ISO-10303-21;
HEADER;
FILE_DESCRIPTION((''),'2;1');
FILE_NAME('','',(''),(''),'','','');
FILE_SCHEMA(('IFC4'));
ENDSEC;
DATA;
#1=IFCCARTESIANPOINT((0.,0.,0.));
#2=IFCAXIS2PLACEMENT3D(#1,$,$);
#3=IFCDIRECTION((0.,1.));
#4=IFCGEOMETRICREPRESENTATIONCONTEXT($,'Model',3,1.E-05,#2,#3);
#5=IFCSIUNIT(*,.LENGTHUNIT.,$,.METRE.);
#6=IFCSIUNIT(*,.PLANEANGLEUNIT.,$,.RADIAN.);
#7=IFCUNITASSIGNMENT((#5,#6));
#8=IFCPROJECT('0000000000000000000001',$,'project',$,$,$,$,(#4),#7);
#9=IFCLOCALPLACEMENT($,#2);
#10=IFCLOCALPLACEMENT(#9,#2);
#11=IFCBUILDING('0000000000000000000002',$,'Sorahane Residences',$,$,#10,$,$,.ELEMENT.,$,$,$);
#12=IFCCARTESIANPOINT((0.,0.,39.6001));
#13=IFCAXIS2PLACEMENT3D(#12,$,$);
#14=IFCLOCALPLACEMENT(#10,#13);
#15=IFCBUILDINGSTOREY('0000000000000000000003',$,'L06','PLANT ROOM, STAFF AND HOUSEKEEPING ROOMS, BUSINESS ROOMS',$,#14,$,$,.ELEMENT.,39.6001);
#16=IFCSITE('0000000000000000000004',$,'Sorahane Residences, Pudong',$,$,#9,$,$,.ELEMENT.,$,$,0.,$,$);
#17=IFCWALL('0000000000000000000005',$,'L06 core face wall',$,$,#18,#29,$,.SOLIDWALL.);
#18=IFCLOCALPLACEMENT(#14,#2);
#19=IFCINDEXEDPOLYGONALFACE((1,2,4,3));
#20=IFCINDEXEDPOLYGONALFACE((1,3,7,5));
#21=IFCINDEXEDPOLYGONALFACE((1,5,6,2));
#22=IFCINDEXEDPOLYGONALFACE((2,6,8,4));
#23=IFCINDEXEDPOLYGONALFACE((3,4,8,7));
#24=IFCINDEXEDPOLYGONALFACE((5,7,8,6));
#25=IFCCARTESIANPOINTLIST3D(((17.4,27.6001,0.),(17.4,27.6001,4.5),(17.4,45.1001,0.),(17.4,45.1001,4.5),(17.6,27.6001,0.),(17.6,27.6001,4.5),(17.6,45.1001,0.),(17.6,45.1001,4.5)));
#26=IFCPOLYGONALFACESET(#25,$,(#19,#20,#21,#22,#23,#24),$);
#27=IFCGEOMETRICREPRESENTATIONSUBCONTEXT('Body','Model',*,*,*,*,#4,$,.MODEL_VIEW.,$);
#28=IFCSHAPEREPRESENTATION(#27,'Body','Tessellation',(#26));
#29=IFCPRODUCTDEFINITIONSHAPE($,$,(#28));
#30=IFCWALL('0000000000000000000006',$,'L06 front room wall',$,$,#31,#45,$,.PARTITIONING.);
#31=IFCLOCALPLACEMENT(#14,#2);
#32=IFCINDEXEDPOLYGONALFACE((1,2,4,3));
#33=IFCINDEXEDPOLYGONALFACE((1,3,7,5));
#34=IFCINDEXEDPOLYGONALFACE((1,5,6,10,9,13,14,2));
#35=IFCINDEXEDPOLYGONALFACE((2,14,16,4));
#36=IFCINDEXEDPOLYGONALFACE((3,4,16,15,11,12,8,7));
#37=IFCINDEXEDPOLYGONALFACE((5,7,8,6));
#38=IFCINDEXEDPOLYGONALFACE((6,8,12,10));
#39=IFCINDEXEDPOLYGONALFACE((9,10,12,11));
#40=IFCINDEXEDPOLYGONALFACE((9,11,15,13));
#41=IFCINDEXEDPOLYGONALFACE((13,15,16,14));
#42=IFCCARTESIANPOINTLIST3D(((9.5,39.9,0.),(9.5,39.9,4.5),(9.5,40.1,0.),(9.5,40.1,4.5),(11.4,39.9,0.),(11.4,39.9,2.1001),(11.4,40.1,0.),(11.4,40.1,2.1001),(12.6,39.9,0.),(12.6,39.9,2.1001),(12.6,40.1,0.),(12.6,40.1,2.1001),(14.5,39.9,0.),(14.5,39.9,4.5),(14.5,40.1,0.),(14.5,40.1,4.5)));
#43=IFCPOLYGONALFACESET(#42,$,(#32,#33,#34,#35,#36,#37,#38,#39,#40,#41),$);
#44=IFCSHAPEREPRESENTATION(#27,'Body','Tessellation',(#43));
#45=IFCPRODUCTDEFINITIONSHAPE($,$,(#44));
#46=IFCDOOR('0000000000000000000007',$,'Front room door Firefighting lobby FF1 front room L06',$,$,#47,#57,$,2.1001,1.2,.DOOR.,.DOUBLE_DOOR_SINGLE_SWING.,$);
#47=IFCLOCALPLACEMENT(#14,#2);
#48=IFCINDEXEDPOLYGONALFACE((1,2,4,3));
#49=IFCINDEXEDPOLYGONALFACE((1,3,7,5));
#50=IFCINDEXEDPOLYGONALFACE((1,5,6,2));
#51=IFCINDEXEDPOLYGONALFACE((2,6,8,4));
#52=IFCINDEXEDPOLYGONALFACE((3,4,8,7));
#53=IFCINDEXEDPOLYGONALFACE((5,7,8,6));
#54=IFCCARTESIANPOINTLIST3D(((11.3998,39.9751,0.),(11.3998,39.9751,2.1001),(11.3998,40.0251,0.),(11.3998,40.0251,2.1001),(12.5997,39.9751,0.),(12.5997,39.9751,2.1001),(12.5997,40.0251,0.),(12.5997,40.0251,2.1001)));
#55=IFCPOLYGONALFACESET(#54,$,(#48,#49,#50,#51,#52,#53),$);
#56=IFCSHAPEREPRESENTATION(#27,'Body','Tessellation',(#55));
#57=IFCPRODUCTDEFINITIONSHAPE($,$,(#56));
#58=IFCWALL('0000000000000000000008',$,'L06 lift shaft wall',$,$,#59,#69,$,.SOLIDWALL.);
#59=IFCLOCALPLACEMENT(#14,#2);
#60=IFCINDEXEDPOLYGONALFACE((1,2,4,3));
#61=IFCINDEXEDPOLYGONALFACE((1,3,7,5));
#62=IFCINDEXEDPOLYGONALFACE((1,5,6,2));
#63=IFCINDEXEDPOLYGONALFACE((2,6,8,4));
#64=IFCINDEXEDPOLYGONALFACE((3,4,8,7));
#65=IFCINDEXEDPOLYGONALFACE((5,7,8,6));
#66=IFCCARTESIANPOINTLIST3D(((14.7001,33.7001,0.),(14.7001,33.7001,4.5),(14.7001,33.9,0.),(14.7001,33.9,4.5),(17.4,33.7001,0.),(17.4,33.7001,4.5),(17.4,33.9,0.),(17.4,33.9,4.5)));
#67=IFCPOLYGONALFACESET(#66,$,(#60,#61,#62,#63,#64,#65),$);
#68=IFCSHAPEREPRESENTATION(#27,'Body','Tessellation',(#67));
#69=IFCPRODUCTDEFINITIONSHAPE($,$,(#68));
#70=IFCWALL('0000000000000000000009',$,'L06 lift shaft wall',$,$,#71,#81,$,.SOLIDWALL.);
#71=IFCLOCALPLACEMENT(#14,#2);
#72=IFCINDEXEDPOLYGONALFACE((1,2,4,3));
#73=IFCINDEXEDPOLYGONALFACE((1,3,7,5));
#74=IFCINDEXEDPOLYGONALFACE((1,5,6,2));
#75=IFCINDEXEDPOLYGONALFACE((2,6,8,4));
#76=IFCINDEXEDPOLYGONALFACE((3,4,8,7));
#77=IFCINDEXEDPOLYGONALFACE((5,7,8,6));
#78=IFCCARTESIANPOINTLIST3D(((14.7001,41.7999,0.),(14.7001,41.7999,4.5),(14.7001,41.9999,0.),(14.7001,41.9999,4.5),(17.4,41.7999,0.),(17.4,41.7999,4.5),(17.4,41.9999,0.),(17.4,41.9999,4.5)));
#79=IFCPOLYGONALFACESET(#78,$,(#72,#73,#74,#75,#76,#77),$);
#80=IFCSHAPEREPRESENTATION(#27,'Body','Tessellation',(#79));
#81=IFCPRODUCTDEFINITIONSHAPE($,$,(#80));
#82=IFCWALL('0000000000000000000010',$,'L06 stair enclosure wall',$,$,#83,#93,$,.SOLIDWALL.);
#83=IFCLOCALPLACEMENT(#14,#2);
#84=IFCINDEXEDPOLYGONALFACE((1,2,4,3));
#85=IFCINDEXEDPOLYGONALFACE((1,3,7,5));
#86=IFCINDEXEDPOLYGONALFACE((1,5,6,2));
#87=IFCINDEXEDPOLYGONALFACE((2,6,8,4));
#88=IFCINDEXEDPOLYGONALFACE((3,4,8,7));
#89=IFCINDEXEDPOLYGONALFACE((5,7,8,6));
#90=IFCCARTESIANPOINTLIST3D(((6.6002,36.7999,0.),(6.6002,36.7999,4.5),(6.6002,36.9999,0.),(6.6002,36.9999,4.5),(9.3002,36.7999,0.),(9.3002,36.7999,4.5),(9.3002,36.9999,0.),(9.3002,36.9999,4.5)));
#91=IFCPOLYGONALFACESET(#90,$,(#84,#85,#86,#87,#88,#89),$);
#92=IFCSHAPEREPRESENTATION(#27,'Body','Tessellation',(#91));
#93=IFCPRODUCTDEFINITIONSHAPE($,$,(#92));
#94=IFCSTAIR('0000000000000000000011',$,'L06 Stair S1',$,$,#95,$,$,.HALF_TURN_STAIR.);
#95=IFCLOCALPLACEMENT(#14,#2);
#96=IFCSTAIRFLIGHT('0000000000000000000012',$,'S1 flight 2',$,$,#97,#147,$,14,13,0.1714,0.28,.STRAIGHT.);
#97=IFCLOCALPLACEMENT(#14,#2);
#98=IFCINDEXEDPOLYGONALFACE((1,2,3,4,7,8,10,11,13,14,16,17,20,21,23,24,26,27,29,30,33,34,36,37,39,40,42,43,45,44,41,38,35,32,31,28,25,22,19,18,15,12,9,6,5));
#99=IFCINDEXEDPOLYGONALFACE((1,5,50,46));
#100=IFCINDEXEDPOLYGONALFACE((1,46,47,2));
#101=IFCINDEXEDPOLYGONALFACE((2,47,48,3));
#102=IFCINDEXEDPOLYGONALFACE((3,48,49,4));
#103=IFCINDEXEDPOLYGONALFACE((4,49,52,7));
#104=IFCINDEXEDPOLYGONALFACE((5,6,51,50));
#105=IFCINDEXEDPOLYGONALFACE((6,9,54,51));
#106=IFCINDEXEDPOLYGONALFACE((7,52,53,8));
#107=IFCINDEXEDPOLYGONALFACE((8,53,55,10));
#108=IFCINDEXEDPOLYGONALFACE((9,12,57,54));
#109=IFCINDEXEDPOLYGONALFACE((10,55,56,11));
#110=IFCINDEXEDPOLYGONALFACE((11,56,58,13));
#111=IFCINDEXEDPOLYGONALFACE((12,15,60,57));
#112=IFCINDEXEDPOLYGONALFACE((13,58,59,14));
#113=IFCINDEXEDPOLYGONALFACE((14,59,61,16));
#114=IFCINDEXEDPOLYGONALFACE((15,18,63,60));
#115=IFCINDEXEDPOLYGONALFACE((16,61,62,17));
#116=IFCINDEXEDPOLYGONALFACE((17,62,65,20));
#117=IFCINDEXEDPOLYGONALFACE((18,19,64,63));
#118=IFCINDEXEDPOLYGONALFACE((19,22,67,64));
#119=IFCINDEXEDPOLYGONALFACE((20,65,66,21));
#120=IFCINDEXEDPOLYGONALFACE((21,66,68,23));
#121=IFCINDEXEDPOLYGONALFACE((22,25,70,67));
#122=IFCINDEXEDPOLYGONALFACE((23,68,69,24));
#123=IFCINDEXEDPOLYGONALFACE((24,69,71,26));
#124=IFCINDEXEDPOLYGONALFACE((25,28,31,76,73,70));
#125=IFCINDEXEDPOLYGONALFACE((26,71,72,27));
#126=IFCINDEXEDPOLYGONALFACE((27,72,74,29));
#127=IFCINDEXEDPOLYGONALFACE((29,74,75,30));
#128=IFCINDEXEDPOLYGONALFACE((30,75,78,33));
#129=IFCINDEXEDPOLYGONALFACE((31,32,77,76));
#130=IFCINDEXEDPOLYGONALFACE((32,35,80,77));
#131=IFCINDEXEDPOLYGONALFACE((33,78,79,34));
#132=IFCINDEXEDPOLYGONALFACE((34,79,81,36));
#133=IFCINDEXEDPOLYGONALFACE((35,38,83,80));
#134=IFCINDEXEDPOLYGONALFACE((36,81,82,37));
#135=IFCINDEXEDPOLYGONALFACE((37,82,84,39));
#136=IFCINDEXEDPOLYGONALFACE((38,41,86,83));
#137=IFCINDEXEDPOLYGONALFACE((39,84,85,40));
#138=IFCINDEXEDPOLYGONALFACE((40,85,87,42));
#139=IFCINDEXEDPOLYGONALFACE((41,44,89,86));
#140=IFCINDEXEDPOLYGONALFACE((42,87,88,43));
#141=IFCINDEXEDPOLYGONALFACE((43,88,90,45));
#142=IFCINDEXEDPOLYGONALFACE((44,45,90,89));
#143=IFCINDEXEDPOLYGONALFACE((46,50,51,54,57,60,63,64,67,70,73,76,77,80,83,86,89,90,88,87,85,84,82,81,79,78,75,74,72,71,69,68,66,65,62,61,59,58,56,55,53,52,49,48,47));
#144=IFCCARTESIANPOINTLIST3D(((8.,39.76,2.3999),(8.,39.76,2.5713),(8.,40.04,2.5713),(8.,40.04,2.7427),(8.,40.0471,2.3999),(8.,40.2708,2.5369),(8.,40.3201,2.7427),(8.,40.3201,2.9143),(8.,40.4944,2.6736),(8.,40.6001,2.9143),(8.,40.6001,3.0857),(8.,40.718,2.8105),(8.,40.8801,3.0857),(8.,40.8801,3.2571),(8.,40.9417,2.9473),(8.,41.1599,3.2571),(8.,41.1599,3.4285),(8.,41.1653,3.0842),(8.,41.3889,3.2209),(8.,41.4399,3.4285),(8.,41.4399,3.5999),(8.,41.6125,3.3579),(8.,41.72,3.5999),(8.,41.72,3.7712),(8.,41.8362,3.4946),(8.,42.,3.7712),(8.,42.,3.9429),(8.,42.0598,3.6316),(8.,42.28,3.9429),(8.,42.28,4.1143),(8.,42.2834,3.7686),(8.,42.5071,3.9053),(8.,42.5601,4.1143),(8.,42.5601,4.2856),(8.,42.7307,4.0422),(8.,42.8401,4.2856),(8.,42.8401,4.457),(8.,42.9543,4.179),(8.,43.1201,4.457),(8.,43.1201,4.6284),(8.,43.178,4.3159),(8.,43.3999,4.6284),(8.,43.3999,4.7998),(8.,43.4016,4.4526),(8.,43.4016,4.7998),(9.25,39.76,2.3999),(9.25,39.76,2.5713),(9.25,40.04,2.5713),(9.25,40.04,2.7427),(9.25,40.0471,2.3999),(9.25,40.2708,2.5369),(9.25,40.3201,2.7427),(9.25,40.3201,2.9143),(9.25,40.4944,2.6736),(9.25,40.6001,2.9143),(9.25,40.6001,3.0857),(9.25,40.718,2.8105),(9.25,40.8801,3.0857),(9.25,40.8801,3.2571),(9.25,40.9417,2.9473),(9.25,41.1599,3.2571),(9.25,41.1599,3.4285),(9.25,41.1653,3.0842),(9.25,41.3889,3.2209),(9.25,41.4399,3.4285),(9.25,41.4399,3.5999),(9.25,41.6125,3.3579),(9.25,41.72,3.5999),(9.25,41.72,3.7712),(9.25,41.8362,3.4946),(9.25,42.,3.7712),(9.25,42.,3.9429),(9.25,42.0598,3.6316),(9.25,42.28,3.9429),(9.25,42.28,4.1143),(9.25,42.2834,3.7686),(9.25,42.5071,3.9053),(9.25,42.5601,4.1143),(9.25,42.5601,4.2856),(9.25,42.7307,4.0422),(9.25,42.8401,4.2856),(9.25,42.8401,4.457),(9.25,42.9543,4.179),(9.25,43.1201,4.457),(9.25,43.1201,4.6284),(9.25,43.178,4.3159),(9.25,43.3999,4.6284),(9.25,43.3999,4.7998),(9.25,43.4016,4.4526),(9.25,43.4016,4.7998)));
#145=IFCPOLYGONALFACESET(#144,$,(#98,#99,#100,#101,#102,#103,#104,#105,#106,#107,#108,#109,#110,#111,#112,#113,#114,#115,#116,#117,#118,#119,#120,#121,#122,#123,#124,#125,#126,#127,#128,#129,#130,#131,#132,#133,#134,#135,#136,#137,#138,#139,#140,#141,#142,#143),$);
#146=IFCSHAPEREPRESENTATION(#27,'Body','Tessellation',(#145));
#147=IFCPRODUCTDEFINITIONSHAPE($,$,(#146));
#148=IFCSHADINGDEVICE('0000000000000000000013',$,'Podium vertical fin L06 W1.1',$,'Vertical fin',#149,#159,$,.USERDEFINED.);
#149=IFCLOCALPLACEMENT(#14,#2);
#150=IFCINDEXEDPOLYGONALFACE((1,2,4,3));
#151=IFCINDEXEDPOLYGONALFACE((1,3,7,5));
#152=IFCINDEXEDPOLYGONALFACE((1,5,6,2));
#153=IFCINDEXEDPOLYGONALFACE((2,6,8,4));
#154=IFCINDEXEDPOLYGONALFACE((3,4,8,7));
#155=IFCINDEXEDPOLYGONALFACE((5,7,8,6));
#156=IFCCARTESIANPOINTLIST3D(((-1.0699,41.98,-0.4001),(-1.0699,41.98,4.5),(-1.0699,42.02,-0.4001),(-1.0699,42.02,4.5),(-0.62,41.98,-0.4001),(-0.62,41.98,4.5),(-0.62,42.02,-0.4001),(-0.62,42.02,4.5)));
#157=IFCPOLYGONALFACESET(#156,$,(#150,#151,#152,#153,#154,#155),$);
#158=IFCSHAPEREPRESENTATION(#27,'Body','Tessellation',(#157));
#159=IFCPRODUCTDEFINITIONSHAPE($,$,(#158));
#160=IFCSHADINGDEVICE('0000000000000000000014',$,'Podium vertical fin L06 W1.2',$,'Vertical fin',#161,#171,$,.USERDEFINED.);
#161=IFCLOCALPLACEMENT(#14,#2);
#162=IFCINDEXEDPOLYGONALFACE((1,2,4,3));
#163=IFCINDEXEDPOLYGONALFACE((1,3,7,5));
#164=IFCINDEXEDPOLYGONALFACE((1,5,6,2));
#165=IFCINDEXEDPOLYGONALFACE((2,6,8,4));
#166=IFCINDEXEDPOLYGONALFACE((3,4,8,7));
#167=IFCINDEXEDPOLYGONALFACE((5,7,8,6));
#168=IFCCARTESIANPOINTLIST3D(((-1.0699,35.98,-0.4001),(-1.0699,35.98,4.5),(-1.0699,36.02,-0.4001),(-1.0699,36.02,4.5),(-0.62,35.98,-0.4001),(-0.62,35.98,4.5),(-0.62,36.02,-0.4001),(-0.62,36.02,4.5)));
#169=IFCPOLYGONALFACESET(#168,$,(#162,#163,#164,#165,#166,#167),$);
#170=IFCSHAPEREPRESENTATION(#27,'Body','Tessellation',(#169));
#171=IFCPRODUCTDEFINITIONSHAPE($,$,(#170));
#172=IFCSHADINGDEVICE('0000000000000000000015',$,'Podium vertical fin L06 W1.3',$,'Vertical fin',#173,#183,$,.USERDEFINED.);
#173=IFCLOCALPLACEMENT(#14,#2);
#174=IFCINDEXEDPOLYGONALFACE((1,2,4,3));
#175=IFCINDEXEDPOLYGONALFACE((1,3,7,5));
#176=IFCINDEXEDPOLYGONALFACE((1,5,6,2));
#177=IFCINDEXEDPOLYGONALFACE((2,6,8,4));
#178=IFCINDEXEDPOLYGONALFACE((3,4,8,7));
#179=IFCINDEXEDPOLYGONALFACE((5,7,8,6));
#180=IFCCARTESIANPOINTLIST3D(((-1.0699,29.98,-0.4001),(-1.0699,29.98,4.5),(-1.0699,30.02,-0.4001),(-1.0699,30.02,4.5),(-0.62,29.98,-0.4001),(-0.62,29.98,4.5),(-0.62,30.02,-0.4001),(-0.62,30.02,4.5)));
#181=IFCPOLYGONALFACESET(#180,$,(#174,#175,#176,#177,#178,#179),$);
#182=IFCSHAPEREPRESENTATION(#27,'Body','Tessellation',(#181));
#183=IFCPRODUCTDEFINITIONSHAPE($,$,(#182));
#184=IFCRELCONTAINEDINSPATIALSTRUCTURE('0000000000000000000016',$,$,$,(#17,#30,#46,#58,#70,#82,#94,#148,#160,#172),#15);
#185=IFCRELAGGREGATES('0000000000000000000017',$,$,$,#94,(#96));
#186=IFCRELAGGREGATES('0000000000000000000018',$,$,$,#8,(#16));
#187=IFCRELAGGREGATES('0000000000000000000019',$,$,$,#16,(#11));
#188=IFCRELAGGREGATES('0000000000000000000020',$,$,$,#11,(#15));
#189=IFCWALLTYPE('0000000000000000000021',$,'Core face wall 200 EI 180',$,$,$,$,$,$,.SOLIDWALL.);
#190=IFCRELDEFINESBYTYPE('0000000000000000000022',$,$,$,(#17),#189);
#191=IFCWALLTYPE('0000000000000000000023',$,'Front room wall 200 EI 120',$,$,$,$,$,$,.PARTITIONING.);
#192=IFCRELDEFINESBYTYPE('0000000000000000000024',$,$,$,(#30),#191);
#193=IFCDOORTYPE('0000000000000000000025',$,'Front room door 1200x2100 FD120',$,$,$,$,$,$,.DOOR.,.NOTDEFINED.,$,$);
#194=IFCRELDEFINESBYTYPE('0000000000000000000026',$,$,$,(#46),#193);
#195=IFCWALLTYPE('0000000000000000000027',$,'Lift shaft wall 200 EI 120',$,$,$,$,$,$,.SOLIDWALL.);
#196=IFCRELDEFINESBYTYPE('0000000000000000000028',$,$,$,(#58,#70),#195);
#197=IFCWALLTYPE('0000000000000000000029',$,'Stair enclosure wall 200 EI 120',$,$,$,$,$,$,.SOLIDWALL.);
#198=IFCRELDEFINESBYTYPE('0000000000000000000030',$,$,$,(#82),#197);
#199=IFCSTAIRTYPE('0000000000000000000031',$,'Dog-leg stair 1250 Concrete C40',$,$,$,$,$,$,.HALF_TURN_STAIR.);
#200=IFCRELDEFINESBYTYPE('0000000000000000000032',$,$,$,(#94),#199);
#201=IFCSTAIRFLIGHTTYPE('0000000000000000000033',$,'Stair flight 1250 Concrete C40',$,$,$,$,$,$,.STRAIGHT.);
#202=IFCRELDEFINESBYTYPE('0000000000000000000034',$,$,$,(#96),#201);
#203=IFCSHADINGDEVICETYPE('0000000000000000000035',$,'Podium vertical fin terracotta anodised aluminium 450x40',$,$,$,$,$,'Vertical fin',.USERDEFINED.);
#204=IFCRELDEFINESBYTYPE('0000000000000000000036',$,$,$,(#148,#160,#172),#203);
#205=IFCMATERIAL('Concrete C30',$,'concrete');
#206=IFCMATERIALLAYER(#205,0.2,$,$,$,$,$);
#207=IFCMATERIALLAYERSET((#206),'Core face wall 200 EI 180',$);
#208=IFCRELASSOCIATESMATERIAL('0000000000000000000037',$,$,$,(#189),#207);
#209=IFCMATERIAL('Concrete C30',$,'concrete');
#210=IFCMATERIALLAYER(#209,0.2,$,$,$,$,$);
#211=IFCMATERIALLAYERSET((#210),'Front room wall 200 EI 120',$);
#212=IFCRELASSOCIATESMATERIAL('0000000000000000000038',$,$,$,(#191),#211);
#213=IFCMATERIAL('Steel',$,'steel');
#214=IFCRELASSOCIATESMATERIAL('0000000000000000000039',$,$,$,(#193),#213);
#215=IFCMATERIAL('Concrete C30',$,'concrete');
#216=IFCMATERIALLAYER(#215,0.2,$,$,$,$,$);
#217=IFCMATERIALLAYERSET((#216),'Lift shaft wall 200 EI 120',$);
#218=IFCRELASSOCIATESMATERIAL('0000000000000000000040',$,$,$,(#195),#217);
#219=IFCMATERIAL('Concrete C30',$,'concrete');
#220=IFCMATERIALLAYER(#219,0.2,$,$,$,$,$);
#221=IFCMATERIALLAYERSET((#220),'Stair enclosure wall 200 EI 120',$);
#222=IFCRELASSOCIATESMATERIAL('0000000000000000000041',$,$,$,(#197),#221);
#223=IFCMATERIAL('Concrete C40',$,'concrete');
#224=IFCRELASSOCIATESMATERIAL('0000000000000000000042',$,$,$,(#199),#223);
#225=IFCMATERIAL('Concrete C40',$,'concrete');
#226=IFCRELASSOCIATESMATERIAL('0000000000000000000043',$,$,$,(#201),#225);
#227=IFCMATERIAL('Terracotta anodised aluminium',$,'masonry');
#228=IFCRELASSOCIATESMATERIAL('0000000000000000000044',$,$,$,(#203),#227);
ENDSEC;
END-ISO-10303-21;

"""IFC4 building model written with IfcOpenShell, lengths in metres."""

from ifc_helpers import new_model, si_unit, direction, frame, frame_2d, origin, origin_2d, place, context, subcontext, project, spatial, polyline, rectangle, outline, extrude, material, layer, layer_set, material_profile, profile_set, type_object, element, fill, aggregate, save


model = new_model("IFC4")

# Units and contexts
model_context = context("Model", 3, precision=1e-05, world=origin(), true_north=direction((0.0, 1.0)))
body_context = subcontext(model_context, "Body", "Model", "MODEL_VIEW")
ifc_project = project(units=[si_unit("LENGTHUNIT", "METRE"), si_unit("PLANEANGLEUNIT", "RADIAN")], contexts=[model_context])

# Site, building, storey
site_placement = place(None, origin())
site = spatial("IfcSite", under=ifc_project, at=site_placement, Name="Sorahane Residences, Pudong", CompositionType="ELEMENT", RefElevation=0.0)
building_placement = place(site_placement, origin())
building = spatial("IfcBuilding", under=site, at=building_placement, Name="Sorahane Residences", CompositionType="ELEMENT")
storey_placement = place(building_placement, frame((0.0, 0.0, 39.6001)))
storey = spatial("IfcBuildingStorey", under=building, at=storey_placement, Name="L06", Description="PLANT ROOM, STAFF AND HOUSEKEEPING ROOMS, BUSINESS ROOMS", CompositionType="ELEMENT", Elevation=39.6001)

# Wall
ifc_material_1 = material(Name="Concrete C30", Category="concrete")
ifc_layer_1 = layer(ifc_material_1, 0.2)
ifc_layer_set_1 = layer_set([ifc_layer_1], Name="Core face wall 200 EI 180")
wall_type_1 = type_object("IfcWallType", Name="Core face wall 200 EI 180", PredefinedType="SOLIDWALL", material=ifc_layer_set_1)
wall_1_placement = place(storey_placement, frame((17.5, 27.6001, 0.0), z_axis=(0.0, 0.0, 1.0), x_axis=(0.0, 1.0, 0.0)))
element("IfcWall", 1, at=wall_1_placement, inside=storey, type_object=wall_type_1, Name="L06 core face wall", PredefinedType="SOLIDWALL", context=body_context, shape_type="SweptSolid", body=[
    extrude(rectangle(XDim=17.5, YDim=0.2, at=frame_2d((8.75, 0.0))), origin(), (0.0, 0.0, 1.0), 4.5),
])

# Wall, opening, door
ifc_material_2 = material(Name="Concrete C30", Category="concrete")
ifc_layer_2 = layer(ifc_material_2, 0.2)
ifc_layer_set_2 = layer_set([ifc_layer_2], Name="Front room wall 200 EI 120")
wall_type_2 = type_object("IfcWallType", Name="Front room wall 200 EI 120", PredefinedType="PARTITIONING", material=ifc_layer_set_2)
wall_2_placement = place(storey_placement, frame((9.5, 40.0, 0.0), z_axis=(0.0, 0.0, 1.0), x_axis=(1.0, 0.0, 0.0)))
wall_2 = element("IfcWall", 2, at=wall_2_placement, inside=storey, type_object=wall_type_2, Name="L06 front room wall", PredefinedType="PARTITIONING", context=body_context, shape_type="SweptSolid", body=[
    extrude(rectangle(XDim=5.0, YDim=0.2, at=frame_2d((2.5, 0.0))), origin(), (0.0, 0.0, 1.0), 4.5),
])
opening_placement = place(wall_2_placement, frame((1.8999, 0.0, 0.0)))
opening = element("IfcOpeningElement", 3, at=opening_placement, cuts=wall_2, PredefinedType="OPENING", context=body_context, shape_type="SweptSolid", body=[
    extrude(rectangle(XDim=1.2, YDim=2.1001, at=frame_2d((0.6001, 1.05))), frame((0.0, 0.1099, 0.0), z_axis=(0.0, -1.0, 0.0), x_axis=(1.0, 0.0, 0.0)), (0.0, 0.0, 1.0), 0.22),
])
ifc_material_3 = material(Name="Steel", Category="steel")
door_type = type_object("IfcDoorType", Name="Front room door 1200x2100 FD120", OperationType="NOTDEFINED", PredefinedType="DOOR", material=ifc_material_3)
door_placement = place(opening_placement, frame((1.2, 0.0, 0.0), z_axis=(0.0, 0.0, 1.0), x_axis=(-1.0, 0.0, 0.0)))
door = element("IfcDoor", 4, at=door_placement, inside=storey, type_object=door_type, Name="Front room door Firefighting lobby FF1 front room L06", OperationType="DOUBLE_DOOR_SINGLE_SWING", OverallHeight=2.1001, OverallWidth=1.2, PredefinedType="DOOR", context=body_context, shape_type="SweptSolid", body=[
    extrude(rectangle(XDim=1.2, YDim=2.1001, at=frame_2d((0.6001, 1.05))), frame((0.0, 0.0249, 0.0), z_axis=(0.0, -1.0, 0.0), x_axis=(1.0, 0.0, 0.0)), (0.0, 0.0, 1.0), 0.05),
])
fill(opening, door)

# Walls
ifc_material_4 = material(Name="Concrete C30", Category="concrete")
ifc_layer_3 = layer(ifc_material_4, 0.2)
ifc_layer_set_3 = layer_set([ifc_layer_3], Name="Lift shaft wall 200 EI 120")
wall_type_3 = type_object("IfcWallType", Name="Lift shaft wall 200 EI 120", PredefinedType="SOLIDWALL", material=ifc_layer_set_3)
for number, where, z_axis, x_axis, name in (
    (5, (14.7, 33.8, 0.0), (0.0, 0.0, 1.0), (1.0, 0.0, 0.0), "L06 lift shaft wall"),
    (6, (14.7, 41.8999, 0.0), (0.0, 0.0, 1.0), (1.0, 0.0, 0.0), "L06 lift shaft wall"),
):
    element("IfcWall", number, at=place(storey_placement, frame(where, z_axis=z_axis, x_axis=x_axis)), inside=storey, type_object=wall_type_3, Name=name, PredefinedType="SOLIDWALL", context=body_context, shape_type="SweptSolid", body=[
        extrude(rectangle(XDim=2.7, YDim=0.2, at=frame_2d((1.3501, 0.0))), origin(), (0.0, 0.0, 1.0), 4.5),
    ])
ifc_material_5 = material(Name="Concrete C30", Category="concrete")
ifc_layer_4 = layer(ifc_material_5, 0.2)
ifc_layer_set_4 = layer_set([ifc_layer_4], Name="Stair enclosure wall 200 EI 120")
wall_type_4 = type_object("IfcWallType", Name="Stair enclosure wall 200 EI 120", PredefinedType="SOLIDWALL", material=ifc_layer_set_4)
wall_3_placement = place(storey_placement, frame((6.6001, 36.8999, 0.0), z_axis=(0.0, 0.0, 1.0), x_axis=(1.0, 0.0, 0.0)))
element("IfcWall", 7, at=wall_3_placement, inside=storey, type_object=wall_type_4, Name="L06 stair enclosure wall", PredefinedType="SOLIDWALL", context=body_context, shape_type="SweptSolid", body=[
    extrude(rectangle(XDim=2.7, YDim=0.2, at=frame_2d((1.3501, 0.0))), origin(), (0.0, 0.0, 1.0), 4.5),
])

# Stair, stair flight
ifc_material_6 = material(Name="Concrete C40", Category="concrete")
stair_type = type_object("IfcStairType", Name="Dog-leg stair 1250 Concrete C40", PredefinedType="HALF_TURN_STAIR", material=ifc_material_6)
stair_placement = place(storey_placement, origin())
stair = element("IfcStair", 8, at=stair_placement, inside=storey, type_object=stair_type, Name="L06 Stair S1", PredefinedType="HALF_TURN_STAIR")
ifc_material_7 = material(Name="Concrete C40", Category="concrete")
stair_flight_type = type_object("IfcStairFlightType", Name="Stair flight 1250 Concrete C40", PredefinedType="STRAIGHT", material=ifc_material_7)
stair_flight_placement = place(storey_placement, frame((8.625, 39.76, 2.3999), z_axis=(0.0, 0.0, 1.0), x_axis=(0.0, 1.0, 0.0)))
stair_flight = element("IfcStairFlight", 9, at=stair_flight_placement, type_object=stair_flight_type, Name="S1 flight 2", NumberOfRisers=14, NumberOfTreads=13, PredefinedType="STRAIGHT", RiserHeight=0.1714, TreadLength=0.28, context=body_context, shape_type="SweptSolid", body=[
    extrude(outline(polyline([(0.0, 0.0), (0.0, 0.1714), (0.28, 0.1714), (0.28, 0.3428), (0.5601, 0.3428), (0.5601, 0.5144), (0.8401, 0.5144), (0.8401, 0.6858), (1.1201, 0.6858), (1.1201, 0.8572), (1.3999, 0.8572), (1.3999, 1.0286), (1.6799, 1.0286), (1.6799, 1.2), (1.96, 1.2), (1.96, 1.3713), (2.24, 1.3713), (2.24, 1.543), (2.52, 1.543), (2.52, 1.7144), (2.8, 1.7144), (2.8, 1.8857), (3.0801, 1.8857), (3.0801, 2.0571), (3.3601, 2.0571), (3.3601, 2.2285), (3.6399, 2.2285), (3.6399, 2.3999), (3.6416, 2.3999), (3.6416, 2.0527), (3.418, 1.916), (3.1943, 1.7791), (2.9707, 1.6423), (2.7471, 1.5054), (2.5234, 1.3687), (2.2998, 1.2317), (2.0762, 1.0947), (1.8525, 0.958), (1.6289, 0.821), (1.4053, 0.6843), (1.1816, 0.5474), (0.958, 0.4106), (0.7344, 0.2737), (0.5107, 0.137), (0.2871, 0.0), (0.0, 0.0)])), frame((0.0, 0.625, 0.0), z_axis=(0.0, -1.0, 0.0), x_axis=(1.0, 0.0, 0.0)), (0.0, 0.0, 1.0), 1.25),
])
aggregate(stair, [stair_flight])

# Shading devices
ifc_material_8 = material(Name="Terracotta anodised aluminium", Category="masonry")
ifc_material_profile_1 = material_profile(ifc_material_8, rectangle(XDim=0.45, YDim=0.04, at=origin_2d()), Name="Podium vertical fin terracotta anodised aluminium 450x40")
ifc_profile_set_1 = profile_set([ifc_material_profile_1], Name="Terracotta anodised aluminium")
shading_device_type = type_object("IfcShadingDeviceType", Name="Podium vertical fin terracotta anodised aluminium 450x40", ElementType="Vertical fin", PredefinedType="USERDEFINED", material=ifc_profile_set_1)
for number, where, z_axis, x_axis, name in (
    (10, (-0.845, 42.0, -0.4001), (0.0, 0.0, 1.0), (-1.0, 0.0, 0.0), "Podium vertical fin L06 W1.1"),
    (11, (-0.845, 36.0, -0.4001), (0.0, 0.0, 1.0), (-1.0, 0.0, 0.0), "Podium vertical fin L06 W1.2"),
    (12, (-0.845, 30.0, -0.4001), (0.0, 0.0, 1.0), (-1.0, 0.0, 0.0), "Podium vertical fin L06 W1.3"),
):
    element("IfcShadingDevice", number, at=place(storey_placement, frame(where, z_axis=z_axis, x_axis=x_axis)), inside=storey, type_object=shading_device_type, Name=name, ObjectType="Vertical fin", PredefinedType="USERDEFINED", context=body_context, shape_type="SweptSolid", body=[
        extrude(rectangle(XDim=0.45, YDim=0.04, at=origin_2d()), origin(), (0.0, 0.0, 1.0), 4.9001),
    ])

save(model, "model.ifc")
